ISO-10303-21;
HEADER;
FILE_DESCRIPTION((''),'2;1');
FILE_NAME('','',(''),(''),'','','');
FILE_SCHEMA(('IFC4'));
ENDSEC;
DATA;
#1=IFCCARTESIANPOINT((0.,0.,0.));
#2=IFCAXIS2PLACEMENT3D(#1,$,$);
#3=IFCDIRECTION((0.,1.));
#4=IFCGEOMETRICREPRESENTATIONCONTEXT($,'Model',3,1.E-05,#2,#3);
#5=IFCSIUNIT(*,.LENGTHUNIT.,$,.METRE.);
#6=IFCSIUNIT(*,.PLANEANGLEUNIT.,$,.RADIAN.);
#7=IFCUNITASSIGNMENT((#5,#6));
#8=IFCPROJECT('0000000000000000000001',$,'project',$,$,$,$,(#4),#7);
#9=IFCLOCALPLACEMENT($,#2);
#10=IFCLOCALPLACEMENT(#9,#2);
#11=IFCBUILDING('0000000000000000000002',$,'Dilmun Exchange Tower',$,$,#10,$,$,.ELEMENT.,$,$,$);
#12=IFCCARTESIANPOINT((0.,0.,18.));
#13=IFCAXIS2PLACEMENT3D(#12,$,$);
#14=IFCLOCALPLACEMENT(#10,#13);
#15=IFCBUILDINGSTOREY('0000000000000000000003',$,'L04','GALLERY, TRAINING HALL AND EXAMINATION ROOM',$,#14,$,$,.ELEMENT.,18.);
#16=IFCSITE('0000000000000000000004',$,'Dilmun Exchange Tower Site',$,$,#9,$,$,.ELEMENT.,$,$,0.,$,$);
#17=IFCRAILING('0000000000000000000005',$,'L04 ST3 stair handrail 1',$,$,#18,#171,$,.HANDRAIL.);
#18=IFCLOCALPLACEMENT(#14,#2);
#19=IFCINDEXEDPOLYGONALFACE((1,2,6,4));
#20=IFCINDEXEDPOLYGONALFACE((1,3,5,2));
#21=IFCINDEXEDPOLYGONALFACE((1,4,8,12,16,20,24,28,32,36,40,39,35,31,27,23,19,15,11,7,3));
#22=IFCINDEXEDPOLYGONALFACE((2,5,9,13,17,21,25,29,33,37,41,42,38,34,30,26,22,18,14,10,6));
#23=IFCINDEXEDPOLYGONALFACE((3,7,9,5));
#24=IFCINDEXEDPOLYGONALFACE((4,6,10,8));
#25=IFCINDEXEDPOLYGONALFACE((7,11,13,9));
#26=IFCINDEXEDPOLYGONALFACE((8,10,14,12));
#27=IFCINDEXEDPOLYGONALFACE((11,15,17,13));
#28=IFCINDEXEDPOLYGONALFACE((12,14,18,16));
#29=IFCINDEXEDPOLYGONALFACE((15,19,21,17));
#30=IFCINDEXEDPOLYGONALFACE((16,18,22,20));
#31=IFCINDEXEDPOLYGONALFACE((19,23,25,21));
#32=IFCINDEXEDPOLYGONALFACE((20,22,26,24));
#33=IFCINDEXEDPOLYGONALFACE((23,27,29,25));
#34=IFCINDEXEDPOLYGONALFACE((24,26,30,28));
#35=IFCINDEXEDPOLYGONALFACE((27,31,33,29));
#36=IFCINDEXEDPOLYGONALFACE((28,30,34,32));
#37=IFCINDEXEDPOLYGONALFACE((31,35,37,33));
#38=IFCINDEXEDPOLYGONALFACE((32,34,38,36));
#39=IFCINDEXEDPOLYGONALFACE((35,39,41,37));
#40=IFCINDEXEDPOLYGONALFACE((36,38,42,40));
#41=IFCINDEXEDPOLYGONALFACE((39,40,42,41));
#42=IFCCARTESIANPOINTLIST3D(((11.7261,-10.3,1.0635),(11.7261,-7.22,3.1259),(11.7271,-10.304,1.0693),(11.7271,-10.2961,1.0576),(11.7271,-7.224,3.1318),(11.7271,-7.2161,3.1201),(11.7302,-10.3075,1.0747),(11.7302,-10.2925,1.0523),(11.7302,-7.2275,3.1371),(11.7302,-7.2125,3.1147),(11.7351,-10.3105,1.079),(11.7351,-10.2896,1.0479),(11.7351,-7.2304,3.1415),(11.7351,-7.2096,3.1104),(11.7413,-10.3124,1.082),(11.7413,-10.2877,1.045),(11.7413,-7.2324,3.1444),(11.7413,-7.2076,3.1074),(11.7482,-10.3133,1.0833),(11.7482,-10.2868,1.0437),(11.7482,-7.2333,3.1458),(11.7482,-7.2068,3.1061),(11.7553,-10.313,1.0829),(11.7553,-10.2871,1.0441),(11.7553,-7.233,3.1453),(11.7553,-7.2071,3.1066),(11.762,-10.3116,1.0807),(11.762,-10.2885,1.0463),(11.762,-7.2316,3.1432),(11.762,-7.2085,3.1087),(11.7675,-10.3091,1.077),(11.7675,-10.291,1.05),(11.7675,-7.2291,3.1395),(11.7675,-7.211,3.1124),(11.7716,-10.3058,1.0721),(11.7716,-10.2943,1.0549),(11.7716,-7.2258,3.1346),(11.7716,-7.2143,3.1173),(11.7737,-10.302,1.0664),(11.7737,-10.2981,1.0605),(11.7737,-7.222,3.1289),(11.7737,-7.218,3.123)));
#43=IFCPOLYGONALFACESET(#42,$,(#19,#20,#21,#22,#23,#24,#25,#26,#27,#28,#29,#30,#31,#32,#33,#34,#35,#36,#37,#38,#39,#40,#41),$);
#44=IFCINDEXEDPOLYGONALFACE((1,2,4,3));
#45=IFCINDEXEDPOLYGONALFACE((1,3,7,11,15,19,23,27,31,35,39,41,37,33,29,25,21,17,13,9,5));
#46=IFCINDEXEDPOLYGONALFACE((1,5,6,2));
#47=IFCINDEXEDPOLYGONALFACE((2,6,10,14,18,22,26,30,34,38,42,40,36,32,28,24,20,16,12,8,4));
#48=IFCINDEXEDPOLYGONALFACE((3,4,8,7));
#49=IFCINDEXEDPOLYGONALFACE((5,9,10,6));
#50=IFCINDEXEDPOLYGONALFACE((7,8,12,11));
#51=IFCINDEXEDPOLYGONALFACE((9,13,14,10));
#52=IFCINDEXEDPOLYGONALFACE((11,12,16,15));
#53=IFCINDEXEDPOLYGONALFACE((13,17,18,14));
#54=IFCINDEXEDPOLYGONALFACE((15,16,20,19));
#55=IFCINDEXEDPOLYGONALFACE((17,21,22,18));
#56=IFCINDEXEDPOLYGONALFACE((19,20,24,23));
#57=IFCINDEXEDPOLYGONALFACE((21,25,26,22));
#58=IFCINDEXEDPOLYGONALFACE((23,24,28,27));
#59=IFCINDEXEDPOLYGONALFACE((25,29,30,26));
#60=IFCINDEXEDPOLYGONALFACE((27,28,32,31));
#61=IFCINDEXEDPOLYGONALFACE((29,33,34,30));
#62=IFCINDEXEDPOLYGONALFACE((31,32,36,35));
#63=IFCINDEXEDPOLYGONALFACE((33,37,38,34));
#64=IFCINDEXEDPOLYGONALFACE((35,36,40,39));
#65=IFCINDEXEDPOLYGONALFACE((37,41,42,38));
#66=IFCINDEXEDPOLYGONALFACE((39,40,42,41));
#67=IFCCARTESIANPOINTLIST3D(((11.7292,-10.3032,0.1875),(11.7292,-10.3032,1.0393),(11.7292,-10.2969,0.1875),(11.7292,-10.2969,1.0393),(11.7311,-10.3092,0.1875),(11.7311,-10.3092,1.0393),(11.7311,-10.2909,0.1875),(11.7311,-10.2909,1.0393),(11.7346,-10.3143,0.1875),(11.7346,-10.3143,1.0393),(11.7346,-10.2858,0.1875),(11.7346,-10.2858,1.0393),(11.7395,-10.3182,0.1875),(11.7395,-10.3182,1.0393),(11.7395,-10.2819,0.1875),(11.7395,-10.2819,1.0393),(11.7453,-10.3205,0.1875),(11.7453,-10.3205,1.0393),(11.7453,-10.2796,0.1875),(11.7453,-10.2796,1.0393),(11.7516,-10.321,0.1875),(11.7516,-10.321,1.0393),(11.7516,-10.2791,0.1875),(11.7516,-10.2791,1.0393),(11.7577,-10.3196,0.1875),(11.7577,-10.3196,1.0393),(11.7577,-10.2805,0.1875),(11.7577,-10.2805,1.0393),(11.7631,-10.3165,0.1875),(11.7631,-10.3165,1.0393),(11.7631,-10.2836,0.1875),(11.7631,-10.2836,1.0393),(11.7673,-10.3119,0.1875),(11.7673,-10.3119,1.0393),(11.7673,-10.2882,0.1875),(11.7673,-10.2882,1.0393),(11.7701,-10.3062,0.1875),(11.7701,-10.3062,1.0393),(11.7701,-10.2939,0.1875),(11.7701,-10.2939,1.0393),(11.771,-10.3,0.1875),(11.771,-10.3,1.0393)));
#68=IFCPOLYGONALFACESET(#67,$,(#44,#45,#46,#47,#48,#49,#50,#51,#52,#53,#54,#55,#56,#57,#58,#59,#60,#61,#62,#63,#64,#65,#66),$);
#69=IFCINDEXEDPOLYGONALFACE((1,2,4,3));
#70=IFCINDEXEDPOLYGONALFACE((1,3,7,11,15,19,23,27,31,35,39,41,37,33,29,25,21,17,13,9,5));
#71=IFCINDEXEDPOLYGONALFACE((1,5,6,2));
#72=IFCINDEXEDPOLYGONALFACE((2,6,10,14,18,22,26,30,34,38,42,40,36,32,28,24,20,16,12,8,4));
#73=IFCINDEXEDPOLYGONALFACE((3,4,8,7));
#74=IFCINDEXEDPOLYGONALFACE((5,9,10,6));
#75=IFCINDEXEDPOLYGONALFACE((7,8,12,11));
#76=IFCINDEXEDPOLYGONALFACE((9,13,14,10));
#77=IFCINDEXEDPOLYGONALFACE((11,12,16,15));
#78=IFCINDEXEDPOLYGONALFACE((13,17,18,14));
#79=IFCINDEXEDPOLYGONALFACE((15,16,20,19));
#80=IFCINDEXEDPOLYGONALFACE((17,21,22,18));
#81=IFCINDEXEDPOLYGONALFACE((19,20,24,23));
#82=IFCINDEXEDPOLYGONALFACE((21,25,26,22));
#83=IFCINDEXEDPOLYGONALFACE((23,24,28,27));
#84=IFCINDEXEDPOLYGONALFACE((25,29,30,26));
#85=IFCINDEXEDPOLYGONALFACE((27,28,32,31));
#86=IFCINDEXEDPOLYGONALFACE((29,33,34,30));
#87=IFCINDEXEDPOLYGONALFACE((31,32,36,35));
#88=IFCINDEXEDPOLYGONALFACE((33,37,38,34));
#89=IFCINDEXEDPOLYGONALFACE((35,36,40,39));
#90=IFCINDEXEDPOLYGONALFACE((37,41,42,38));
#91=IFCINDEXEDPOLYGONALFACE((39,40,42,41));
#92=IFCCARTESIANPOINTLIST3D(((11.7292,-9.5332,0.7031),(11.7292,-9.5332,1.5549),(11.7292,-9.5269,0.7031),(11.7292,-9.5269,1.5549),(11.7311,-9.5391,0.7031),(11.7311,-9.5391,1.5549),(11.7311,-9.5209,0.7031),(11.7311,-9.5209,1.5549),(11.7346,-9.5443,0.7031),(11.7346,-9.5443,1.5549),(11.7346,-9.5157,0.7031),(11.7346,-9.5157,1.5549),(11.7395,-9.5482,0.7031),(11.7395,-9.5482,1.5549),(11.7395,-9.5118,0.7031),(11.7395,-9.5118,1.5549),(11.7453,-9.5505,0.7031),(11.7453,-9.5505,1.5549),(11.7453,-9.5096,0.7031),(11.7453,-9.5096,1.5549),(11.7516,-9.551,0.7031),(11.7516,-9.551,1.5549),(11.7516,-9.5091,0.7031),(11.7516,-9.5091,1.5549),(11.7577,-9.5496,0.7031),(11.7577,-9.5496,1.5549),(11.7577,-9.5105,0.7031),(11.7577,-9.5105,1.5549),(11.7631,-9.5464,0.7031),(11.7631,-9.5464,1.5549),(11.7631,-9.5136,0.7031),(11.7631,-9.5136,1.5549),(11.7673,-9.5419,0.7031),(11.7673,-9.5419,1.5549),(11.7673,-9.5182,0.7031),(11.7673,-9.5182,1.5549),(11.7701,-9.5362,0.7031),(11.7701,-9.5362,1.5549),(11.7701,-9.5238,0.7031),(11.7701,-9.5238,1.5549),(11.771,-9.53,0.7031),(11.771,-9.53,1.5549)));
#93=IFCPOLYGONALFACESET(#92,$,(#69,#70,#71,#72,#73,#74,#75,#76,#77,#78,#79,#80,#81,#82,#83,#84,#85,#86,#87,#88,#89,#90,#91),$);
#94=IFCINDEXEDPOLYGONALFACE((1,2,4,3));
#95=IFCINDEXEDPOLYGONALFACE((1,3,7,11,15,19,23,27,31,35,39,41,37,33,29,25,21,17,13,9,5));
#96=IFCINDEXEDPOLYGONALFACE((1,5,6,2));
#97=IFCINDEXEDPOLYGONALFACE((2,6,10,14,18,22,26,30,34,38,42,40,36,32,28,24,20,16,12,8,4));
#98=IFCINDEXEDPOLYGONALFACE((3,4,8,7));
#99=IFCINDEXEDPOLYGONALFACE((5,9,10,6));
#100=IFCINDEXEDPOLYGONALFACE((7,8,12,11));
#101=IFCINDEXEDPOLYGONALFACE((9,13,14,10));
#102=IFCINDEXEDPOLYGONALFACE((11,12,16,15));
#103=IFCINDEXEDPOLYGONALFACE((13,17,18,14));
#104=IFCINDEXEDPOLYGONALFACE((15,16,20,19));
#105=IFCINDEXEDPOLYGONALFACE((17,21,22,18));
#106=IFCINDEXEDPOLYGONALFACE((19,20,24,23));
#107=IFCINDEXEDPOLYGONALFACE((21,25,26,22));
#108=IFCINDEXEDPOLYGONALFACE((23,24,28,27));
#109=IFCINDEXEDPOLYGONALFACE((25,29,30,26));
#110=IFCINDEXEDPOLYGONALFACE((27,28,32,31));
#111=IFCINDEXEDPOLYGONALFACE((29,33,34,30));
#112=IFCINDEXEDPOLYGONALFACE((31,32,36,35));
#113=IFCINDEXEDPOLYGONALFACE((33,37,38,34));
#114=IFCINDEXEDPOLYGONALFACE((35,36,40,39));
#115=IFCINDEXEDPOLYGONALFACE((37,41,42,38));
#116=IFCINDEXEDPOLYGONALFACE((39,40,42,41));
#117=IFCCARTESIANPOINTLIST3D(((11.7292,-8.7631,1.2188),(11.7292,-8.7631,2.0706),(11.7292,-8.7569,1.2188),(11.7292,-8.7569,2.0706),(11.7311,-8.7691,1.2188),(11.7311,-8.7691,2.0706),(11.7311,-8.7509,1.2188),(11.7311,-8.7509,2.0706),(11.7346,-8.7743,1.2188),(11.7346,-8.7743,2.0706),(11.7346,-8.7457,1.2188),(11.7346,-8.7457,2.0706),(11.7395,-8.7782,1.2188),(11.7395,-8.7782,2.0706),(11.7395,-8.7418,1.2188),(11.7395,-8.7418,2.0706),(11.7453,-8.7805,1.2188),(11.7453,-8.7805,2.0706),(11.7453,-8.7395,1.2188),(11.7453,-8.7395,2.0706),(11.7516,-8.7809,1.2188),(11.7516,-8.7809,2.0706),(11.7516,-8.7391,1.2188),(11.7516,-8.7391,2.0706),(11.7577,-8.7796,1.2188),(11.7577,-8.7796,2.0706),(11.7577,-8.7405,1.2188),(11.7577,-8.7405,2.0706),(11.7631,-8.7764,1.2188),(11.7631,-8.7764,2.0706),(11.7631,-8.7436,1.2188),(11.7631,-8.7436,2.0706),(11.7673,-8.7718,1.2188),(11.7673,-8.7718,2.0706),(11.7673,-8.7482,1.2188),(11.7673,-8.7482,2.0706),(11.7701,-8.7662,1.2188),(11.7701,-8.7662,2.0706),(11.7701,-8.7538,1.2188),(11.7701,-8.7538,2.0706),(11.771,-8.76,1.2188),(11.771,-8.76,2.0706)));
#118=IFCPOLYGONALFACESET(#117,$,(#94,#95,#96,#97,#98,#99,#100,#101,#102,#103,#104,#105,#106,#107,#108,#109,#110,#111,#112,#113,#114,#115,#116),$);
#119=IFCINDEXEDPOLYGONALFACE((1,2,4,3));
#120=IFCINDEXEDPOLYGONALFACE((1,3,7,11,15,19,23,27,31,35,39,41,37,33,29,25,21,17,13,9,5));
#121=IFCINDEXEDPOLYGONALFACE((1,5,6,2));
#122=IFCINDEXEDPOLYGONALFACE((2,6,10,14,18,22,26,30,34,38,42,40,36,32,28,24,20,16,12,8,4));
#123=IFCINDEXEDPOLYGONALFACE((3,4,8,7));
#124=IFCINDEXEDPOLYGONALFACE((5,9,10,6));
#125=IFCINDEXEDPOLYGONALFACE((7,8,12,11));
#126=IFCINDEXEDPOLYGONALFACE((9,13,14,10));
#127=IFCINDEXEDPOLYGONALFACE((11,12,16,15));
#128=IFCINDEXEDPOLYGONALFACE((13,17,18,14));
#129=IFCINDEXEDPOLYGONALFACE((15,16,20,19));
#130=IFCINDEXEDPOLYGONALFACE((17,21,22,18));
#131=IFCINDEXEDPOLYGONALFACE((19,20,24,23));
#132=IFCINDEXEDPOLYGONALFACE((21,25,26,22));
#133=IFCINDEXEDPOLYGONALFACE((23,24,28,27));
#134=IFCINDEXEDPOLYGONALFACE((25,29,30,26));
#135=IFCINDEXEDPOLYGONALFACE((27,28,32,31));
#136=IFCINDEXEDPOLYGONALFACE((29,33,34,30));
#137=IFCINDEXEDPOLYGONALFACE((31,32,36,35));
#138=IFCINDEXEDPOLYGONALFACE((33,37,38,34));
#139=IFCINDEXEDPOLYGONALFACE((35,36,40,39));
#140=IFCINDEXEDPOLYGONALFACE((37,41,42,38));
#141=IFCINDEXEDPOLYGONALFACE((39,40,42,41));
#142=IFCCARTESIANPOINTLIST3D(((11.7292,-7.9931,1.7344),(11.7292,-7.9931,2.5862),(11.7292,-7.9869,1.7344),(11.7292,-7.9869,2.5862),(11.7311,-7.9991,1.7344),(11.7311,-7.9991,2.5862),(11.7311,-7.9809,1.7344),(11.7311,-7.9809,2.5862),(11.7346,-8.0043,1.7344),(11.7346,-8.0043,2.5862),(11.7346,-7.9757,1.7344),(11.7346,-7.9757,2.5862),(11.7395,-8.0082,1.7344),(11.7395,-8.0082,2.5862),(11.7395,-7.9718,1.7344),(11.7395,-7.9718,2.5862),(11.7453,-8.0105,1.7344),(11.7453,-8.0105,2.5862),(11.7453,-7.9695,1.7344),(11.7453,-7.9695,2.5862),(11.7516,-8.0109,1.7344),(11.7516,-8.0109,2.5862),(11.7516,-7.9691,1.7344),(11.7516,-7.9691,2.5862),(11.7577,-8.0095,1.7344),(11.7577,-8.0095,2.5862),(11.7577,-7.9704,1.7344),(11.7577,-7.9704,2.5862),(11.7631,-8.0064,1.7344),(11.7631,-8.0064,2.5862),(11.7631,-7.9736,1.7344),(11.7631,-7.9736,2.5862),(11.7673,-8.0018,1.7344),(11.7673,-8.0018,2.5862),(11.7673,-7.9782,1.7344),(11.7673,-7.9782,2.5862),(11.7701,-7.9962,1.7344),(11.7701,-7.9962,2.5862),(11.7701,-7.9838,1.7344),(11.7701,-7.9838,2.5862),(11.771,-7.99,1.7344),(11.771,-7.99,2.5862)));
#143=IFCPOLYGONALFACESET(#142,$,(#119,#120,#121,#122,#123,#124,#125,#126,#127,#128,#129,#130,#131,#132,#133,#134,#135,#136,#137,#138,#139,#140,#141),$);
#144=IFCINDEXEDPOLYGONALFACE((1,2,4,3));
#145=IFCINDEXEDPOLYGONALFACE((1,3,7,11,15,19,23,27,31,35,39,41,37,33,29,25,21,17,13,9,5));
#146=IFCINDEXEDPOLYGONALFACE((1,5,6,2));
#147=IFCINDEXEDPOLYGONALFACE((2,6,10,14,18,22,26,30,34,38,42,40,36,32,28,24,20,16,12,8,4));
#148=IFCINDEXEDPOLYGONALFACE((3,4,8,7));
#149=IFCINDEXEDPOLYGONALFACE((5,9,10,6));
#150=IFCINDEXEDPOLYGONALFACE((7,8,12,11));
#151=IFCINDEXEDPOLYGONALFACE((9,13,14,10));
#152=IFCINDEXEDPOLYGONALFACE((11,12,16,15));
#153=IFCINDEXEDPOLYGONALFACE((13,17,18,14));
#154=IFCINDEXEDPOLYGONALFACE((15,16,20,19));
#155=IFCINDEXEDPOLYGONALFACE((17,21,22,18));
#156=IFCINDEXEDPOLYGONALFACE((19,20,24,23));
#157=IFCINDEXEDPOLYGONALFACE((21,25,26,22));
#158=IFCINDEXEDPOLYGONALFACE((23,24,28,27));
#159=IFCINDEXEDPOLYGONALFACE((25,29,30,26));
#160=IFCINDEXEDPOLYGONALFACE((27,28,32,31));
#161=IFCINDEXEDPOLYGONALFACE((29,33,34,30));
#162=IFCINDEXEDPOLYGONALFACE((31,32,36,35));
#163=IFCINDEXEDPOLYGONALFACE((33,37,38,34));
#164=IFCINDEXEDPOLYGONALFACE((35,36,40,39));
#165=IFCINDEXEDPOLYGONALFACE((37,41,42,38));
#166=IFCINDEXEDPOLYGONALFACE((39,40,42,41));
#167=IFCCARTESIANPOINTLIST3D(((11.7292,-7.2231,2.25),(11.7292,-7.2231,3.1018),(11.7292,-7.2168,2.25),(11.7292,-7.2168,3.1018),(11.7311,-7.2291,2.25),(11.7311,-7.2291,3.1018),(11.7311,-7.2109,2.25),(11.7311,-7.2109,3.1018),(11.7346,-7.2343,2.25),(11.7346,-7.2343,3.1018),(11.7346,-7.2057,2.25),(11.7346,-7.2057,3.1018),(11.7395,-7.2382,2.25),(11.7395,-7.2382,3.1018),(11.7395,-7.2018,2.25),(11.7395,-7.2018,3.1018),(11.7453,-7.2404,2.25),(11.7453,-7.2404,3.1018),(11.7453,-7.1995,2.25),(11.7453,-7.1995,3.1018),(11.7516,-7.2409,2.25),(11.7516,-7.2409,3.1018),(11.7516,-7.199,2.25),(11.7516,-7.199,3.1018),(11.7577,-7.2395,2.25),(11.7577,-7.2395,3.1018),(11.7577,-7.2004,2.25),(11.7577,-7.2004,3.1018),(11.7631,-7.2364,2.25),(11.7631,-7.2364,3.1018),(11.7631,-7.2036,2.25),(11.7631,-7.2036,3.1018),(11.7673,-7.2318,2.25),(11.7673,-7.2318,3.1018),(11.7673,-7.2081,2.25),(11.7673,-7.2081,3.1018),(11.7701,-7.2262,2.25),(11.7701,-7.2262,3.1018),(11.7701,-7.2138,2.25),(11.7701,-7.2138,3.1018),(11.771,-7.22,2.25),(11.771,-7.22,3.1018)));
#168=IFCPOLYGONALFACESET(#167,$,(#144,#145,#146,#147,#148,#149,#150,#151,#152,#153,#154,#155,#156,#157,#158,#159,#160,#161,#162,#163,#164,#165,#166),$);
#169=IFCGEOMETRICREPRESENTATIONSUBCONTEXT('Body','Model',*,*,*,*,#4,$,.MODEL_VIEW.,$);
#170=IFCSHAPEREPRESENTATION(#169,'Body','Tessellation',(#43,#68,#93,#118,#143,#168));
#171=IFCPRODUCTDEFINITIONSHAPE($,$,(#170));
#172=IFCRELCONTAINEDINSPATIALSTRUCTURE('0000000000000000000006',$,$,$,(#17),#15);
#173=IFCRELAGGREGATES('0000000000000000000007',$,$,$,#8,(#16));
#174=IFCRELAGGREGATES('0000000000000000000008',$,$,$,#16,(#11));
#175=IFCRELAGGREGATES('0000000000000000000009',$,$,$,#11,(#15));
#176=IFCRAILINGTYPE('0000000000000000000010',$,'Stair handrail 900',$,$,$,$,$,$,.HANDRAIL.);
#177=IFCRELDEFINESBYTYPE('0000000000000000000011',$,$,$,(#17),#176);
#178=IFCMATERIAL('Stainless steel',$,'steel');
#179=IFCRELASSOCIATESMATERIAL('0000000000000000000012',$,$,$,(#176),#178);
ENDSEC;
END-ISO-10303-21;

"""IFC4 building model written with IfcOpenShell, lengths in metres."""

from ifc_helpers import new_model, si_unit, direction, frame, origin, origin_2d, place, context, subcontext, project, spatial, circle, extrude, material, type_object, element, save


model = new_model("IFC4")

# Units and contexts
model_context = context("Model", 3, precision=1e-05, world=origin(), true_north=direction((0.0, 1.0)))
body_context = subcontext(model_context, "Body", "Model", "MODEL_VIEW")
ifc_project = project(units=[si_unit("LENGTHUNIT", "METRE"), si_unit("PLANEANGLEUNIT", "RADIAN")], contexts=[model_context])

# Site, building, storey
site_placement = place(None, origin())
site = spatial("IfcSite", under=ifc_project, at=site_placement, Name="Dilmun Exchange Tower Site", CompositionType="ELEMENT", RefElevation=0.0)
building_placement = place(site_placement, origin())
building = spatial("IfcBuilding", under=site, at=building_placement, Name="Dilmun Exchange Tower", CompositionType="ELEMENT")
storey_placement = place(building_placement, frame((0.0, 0.0, 18.0)))
storey = spatial("IfcBuildingStorey", under=building, at=storey_placement, Name="L04", Description="GALLERY, TRAINING HALL AND EXAMINATION ROOM", CompositionType="ELEMENT", Elevation=18.0)

# Railing
ifc_material_1 = material(Name="Stainless steel", Category="steel")
railing_type_1 = type_object("IfcRailingType", Name="Stair handrail 900", PredefinedType="HANDRAIL", material=ifc_material_1)
railing_1_placement = place(storey_placement, frame((11.75, -10.3, 0.1875)))
element("IfcRailing", 1, at=railing_1_placement, inside=storey, type_object=railing_type_1, Name="L04 ST3 stair handrail 1", PredefinedType="HANDRAIL", context=body_context, shape_type="SweptSolid", body=[
    extrude(circle(Radius=0.0239, at=origin_2d()), frame((0.0, 0.0, 0.876), z_axis=(0.0, 0.830914, 0.556401), x_axis=(-1.0, 0.0, 0.0)), (0.0, 0.0, 1.0), 3.7068),
    extrude(circle(Radius=0.021, at=origin_2d()), origin(), (0.0, 0.0, 1.0), 0.8518),
    extrude(circle(Radius=0.021, at=origin_2d()), frame((0.0, 0.77, 0.5156)), (0.0, 0.0, 1.0), 0.8518),
    extrude(circle(Radius=0.021, at=origin_2d()), frame((0.0, 1.54, 1.0312)), (0.0, 0.0, 1.0), 0.8518),
    extrude(circle(Radius=0.021, at=origin_2d()), frame((0.0, 2.3101, 1.5469)), (0.0, 0.0, 1.0), 0.8518),
    extrude(circle(Radius=0.021, at=origin_2d()), frame((0.0, 3.0801, 2.0625)), (0.0, 0.0, 1.0), 0.8518),
])

save(model, "model.ifc")
